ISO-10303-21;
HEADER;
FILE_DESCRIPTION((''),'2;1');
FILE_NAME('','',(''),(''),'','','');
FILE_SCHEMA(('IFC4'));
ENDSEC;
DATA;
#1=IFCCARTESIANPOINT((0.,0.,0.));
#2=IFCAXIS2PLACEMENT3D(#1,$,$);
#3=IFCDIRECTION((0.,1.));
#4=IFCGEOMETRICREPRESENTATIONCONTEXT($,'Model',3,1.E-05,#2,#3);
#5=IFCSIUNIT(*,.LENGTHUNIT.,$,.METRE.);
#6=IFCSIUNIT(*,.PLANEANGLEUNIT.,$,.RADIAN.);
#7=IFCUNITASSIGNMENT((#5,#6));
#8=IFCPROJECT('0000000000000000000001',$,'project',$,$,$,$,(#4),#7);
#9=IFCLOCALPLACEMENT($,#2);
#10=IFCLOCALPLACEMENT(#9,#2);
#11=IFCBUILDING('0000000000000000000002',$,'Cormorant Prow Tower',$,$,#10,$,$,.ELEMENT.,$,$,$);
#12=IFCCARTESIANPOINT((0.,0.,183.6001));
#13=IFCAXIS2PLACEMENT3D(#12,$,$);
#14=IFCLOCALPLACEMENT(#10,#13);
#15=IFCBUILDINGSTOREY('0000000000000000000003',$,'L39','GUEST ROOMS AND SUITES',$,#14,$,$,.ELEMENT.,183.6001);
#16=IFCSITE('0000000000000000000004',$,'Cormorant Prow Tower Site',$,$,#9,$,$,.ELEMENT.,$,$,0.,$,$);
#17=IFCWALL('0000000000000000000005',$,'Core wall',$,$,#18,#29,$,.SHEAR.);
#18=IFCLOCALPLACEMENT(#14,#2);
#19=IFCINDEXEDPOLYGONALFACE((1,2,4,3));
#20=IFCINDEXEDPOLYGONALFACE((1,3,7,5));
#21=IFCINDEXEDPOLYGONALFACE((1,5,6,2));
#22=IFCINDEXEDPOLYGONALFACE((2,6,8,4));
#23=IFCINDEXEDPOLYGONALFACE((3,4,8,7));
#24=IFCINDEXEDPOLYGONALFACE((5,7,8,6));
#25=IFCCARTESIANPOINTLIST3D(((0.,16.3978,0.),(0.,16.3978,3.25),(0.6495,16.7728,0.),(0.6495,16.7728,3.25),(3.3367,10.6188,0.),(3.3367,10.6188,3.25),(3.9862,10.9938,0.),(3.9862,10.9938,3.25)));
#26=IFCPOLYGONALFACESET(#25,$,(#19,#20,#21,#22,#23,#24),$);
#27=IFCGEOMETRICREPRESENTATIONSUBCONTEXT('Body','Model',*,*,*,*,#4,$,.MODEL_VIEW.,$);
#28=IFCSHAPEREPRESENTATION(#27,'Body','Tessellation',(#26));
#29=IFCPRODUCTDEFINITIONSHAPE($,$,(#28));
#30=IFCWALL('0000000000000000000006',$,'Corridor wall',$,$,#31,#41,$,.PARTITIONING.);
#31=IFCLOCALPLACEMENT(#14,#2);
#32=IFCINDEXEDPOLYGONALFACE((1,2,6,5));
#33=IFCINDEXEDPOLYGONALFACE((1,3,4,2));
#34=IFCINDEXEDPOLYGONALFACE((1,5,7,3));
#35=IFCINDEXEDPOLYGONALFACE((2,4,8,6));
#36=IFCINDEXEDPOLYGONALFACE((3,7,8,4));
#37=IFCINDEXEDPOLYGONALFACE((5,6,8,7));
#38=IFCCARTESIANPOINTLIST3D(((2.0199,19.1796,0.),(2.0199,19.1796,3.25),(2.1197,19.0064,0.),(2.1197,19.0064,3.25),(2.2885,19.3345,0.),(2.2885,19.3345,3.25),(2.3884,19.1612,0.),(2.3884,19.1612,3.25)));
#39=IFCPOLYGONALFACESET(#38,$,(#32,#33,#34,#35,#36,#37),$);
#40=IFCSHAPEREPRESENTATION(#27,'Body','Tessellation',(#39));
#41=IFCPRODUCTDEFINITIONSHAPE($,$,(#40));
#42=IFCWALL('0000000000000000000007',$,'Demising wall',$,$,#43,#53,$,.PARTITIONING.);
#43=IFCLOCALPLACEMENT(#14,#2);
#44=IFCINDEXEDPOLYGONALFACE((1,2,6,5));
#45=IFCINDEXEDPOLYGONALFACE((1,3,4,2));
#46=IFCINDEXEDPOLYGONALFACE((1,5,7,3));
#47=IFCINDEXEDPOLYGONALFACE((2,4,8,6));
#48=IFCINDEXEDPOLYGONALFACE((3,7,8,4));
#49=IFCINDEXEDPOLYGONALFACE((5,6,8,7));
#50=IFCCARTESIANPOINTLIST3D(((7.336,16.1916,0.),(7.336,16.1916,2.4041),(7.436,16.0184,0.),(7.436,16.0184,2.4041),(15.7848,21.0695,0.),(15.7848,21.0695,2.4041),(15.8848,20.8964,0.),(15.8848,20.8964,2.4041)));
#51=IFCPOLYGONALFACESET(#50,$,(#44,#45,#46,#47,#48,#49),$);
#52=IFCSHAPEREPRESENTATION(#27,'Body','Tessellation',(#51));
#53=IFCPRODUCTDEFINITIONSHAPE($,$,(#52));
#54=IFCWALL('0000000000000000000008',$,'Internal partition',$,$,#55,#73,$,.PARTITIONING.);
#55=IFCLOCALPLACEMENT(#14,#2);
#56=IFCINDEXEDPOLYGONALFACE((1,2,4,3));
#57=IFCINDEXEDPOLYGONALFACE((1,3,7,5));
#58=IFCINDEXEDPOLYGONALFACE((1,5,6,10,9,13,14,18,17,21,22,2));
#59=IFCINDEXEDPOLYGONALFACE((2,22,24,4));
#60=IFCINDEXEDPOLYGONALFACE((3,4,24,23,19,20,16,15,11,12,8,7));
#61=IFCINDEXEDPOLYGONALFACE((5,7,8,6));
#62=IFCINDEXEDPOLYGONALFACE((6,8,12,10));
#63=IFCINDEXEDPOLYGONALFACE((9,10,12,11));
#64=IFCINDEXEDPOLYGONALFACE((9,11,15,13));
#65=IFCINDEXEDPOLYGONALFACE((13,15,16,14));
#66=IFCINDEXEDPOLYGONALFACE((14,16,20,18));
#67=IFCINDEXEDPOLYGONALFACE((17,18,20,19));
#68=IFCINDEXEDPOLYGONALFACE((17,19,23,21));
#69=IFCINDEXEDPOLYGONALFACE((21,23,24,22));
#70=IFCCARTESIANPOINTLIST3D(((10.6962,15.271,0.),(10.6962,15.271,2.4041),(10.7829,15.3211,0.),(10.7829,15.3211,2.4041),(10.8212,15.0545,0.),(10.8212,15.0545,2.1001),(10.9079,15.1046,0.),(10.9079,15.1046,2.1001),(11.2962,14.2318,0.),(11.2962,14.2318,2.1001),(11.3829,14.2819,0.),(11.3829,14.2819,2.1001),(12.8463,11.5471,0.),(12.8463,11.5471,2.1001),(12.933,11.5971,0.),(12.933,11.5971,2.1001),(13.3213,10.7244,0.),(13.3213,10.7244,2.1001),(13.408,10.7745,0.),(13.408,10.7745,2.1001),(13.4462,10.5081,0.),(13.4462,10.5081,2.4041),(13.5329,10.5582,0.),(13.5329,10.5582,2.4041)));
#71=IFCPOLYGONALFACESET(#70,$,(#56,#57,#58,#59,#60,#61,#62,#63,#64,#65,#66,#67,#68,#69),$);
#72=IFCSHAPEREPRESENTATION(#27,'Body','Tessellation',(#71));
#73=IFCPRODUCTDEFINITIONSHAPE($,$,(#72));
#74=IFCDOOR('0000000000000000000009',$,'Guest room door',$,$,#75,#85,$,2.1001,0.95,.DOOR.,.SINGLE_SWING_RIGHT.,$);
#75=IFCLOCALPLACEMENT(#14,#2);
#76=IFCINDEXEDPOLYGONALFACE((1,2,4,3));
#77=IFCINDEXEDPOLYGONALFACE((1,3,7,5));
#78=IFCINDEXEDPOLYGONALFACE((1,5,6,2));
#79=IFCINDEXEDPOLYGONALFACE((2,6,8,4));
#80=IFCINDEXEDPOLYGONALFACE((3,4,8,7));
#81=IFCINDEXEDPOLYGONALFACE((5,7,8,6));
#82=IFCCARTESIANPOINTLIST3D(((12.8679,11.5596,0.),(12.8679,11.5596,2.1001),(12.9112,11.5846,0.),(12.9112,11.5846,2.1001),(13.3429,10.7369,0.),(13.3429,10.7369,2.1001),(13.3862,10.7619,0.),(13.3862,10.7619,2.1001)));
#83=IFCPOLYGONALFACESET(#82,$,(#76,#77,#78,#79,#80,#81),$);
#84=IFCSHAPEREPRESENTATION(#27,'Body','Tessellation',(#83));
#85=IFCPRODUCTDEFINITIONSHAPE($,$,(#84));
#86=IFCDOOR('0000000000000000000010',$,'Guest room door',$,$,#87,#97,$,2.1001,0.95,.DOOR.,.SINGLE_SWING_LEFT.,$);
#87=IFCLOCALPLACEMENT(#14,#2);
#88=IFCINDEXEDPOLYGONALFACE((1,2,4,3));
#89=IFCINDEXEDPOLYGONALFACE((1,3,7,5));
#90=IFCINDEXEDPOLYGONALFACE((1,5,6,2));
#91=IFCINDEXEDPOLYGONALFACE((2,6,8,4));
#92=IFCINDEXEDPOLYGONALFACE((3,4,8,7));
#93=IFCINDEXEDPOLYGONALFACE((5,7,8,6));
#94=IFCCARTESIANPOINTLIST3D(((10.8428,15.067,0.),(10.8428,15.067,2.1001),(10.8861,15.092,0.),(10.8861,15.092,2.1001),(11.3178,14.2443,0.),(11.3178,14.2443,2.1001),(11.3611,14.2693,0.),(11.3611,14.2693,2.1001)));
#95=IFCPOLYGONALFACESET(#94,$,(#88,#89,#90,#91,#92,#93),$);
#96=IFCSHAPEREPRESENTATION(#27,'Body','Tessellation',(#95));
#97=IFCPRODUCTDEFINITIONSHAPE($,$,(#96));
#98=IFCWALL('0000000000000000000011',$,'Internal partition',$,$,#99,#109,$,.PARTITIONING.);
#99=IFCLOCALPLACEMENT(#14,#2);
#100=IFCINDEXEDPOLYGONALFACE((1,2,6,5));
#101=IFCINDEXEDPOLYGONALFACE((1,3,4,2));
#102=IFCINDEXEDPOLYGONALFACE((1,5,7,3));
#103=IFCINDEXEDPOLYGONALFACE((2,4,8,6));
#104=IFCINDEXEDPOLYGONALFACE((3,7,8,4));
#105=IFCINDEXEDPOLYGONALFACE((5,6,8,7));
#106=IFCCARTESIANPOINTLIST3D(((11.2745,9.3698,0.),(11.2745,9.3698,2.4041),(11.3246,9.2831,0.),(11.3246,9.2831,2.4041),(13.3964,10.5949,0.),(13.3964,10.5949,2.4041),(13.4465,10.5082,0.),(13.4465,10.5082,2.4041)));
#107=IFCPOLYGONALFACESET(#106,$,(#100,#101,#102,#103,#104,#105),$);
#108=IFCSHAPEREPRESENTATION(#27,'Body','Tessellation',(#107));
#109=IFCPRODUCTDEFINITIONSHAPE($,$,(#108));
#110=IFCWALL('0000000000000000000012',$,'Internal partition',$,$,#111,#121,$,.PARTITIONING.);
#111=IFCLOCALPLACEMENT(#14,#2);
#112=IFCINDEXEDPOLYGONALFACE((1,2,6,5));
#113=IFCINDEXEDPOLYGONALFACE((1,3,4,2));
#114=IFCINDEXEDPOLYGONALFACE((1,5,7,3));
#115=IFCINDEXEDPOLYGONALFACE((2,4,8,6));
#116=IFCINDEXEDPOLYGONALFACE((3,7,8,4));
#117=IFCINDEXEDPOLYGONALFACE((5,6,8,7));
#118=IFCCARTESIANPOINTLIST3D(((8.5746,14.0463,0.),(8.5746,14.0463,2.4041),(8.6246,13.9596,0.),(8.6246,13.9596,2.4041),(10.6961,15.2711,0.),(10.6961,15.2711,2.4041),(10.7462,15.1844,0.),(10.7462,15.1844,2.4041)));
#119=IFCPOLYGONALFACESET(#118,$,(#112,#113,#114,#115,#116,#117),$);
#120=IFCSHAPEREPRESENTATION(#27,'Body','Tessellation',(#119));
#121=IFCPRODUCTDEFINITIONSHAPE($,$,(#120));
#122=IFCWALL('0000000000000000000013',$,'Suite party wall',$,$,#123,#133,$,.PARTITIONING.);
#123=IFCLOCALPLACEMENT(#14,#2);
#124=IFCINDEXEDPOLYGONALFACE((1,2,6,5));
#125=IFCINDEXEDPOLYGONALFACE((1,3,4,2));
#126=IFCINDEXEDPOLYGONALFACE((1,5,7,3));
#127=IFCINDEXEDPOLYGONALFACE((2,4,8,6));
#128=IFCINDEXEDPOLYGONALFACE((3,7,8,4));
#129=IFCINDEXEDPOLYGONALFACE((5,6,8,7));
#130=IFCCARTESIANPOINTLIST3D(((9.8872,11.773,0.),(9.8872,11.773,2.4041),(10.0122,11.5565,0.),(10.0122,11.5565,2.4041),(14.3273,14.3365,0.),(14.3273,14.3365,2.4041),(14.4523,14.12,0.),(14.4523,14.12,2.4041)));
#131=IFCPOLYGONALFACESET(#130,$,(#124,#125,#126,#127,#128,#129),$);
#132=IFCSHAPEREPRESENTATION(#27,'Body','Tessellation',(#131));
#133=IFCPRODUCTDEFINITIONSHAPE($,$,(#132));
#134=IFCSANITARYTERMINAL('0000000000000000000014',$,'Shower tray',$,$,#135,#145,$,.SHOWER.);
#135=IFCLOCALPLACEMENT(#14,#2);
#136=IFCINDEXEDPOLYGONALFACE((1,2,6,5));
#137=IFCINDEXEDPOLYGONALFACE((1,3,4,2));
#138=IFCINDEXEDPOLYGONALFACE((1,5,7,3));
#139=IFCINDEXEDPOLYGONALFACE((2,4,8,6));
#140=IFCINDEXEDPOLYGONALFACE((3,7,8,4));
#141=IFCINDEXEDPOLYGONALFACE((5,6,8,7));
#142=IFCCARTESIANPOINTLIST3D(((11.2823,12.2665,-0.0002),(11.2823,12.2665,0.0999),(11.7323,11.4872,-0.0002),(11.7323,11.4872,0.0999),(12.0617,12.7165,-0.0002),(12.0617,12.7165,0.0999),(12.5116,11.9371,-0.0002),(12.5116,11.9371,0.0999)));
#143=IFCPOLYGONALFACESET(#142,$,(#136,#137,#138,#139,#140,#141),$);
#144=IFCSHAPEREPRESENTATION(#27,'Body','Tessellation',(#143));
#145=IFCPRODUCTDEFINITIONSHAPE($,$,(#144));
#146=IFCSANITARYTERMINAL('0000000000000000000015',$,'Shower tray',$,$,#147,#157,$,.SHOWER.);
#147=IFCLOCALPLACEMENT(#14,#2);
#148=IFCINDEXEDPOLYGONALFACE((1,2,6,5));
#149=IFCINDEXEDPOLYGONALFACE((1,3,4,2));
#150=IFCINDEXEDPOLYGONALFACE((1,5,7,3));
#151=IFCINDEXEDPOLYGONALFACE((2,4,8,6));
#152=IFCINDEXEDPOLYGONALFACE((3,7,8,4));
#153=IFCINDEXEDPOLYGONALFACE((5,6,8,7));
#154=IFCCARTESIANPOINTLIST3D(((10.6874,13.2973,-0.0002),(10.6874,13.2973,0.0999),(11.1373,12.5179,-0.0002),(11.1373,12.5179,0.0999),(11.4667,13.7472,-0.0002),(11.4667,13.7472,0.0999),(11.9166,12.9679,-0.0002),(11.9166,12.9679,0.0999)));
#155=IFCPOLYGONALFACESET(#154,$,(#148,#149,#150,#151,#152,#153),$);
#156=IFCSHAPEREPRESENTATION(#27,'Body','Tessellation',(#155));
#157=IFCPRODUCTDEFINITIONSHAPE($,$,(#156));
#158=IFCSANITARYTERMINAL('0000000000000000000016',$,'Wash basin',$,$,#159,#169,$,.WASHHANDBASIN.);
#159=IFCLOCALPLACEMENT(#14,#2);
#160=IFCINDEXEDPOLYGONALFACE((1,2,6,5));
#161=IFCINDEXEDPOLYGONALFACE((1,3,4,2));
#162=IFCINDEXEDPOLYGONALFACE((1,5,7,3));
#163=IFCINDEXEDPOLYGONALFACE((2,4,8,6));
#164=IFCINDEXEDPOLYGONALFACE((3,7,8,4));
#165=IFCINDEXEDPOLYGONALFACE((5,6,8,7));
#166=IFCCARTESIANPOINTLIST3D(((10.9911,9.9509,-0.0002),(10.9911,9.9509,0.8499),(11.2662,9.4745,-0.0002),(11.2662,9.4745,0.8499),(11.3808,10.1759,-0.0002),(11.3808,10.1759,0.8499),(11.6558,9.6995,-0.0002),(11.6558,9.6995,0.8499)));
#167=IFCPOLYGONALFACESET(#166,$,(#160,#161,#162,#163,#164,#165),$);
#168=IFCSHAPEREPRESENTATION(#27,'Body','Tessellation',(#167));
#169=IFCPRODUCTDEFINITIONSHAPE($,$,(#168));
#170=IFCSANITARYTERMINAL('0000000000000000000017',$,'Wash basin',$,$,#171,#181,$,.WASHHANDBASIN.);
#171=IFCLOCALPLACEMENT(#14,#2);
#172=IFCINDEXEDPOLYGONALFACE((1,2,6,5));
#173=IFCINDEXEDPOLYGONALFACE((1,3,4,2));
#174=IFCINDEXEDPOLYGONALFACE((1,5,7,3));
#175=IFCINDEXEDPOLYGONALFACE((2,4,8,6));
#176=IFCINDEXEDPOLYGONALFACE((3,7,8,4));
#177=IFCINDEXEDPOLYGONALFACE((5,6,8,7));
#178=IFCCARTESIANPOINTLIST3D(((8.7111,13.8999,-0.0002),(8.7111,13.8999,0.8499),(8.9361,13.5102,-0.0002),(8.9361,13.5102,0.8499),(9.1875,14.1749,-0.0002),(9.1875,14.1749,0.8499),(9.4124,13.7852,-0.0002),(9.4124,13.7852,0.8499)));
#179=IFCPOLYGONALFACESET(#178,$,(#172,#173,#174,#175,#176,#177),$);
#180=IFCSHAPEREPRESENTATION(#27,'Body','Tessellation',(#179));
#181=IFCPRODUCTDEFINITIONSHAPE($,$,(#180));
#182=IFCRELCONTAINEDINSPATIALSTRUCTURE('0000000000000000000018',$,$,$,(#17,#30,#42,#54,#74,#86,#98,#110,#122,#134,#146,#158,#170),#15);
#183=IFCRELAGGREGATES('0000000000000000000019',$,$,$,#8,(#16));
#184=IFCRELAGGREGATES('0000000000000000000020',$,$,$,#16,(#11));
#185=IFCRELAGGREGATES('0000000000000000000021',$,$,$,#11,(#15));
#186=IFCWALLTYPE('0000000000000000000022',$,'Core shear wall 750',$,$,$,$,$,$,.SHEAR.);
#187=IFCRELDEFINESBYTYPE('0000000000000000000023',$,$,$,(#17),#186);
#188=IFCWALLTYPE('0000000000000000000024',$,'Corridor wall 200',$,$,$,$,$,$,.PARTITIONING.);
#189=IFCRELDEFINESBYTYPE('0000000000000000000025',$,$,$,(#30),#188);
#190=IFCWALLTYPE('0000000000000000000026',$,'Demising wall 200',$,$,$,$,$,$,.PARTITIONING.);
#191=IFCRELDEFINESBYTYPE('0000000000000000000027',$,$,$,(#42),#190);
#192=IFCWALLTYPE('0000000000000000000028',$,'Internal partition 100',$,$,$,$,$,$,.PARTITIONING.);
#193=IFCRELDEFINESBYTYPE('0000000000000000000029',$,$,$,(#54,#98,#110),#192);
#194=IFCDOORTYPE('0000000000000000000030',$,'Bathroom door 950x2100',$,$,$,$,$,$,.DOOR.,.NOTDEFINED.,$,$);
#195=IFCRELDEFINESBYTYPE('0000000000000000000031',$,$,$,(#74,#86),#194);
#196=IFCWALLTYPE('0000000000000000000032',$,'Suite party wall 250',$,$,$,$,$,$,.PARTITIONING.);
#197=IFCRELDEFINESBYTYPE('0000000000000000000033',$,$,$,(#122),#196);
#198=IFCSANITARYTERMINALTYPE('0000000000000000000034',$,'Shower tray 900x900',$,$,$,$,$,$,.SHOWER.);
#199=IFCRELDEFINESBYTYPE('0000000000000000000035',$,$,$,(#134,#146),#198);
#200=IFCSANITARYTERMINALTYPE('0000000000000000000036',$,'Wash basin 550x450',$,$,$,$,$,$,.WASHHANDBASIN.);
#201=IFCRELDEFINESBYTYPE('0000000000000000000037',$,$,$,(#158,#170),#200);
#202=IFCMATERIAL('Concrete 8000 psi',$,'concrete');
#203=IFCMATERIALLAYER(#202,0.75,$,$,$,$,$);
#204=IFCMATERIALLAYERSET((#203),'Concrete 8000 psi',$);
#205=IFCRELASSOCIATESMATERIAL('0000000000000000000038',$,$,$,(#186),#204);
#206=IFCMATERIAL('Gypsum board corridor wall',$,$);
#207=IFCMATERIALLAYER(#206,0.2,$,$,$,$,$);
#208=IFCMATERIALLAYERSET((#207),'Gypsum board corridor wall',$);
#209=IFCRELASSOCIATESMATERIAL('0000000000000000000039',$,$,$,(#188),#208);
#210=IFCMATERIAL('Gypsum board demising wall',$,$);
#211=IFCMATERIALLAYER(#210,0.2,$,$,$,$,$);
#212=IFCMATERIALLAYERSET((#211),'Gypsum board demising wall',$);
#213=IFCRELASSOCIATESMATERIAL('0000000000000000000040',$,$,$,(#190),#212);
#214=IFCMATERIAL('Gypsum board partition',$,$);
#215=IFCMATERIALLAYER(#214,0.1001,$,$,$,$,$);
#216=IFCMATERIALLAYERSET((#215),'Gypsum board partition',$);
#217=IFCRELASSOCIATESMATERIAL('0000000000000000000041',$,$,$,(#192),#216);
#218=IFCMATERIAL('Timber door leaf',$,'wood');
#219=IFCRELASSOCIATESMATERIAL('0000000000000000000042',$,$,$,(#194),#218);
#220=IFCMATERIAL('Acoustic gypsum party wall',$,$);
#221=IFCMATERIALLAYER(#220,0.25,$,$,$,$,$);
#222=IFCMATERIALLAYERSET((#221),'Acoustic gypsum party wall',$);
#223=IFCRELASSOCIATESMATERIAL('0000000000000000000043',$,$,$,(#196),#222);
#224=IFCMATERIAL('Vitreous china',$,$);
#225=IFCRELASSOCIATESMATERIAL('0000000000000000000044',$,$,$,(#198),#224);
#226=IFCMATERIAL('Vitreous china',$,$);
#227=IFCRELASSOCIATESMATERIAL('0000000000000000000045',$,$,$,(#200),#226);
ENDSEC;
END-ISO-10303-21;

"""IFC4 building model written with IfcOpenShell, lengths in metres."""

from ifc_helpers import new_model, si_unit, direction, frame, frame_2d, origin, origin_2d, place, context, subcontext, project, spatial, rectangle, extrude, material, layer, layer_set, type_object, element, fill, save


model = new_model("IFC4")

# Units and contexts
model_context = context("Model", 3, precision=1e-05, world=origin(), true_north=direction((0.0, 1.0)))
body_context = subcontext(model_context, "Body", "Model", "MODEL_VIEW")
ifc_project = project(units=[si_unit("LENGTHUNIT", "METRE"), si_unit("PLANEANGLEUNIT", "RADIAN")], contexts=[model_context])

# Site, building, storey
site_placement = place(None, origin())
site = spatial("IfcSite", under=ifc_project, at=site_placement, Name="Cormorant Prow Tower Site", CompositionType="ELEMENT", RefElevation=0.0)
building_placement = place(site_placement, origin())
building = spatial("IfcBuilding", under=site, at=building_placement, Name="Cormorant Prow Tower", CompositionType="ELEMENT")
storey_placement = place(building_placement, frame((0.0, 0.0, 183.6001)))
storey = spatial("IfcBuildingStorey", under=building, at=storey_placement, Name="L39", Description="GUEST ROOMS AND SUITES", CompositionType="ELEMENT", Elevation=183.6001)

# Walls
ifc_material_1 = material(Name="Concrete 8000 psi", Category="concrete")
ifc_layer_1 = layer(ifc_material_1, 0.75)
ifc_layer_set_1 = layer_set([ifc_layer_1], Name="Concrete 8000 psi")
wall_type_1 = type_object("IfcWallType", Name="Core shear wall 750", PredefinedType="SHEAR", material=ifc_layer_set_1)
wall_1_placement = place(storey_placement, frame((3.6614, 10.8064, 0.0), z_axis=(0.0, 0.0, 1.0), x_axis=(-0.500015, 0.866017, 0.0)))
element("IfcWall", 1, at=wall_1_placement, inside=storey, type_object=wall_type_1, Name="Core wall", PredefinedType="SHEAR", context=body_context, shape_type="SweptSolid", body=[
    extrude(rectangle(XDim=6.6731, YDim=0.75, at=frame_2d((3.3364, 0.0))), origin(), (0.0, 0.0, 1.0), 3.25),
])
ifc_material_2 = material(Name="Gypsum board corridor wall")
ifc_layer_2 = layer(ifc_material_2, 0.2)
ifc_layer_set_2 = layer_set([ifc_layer_2], Name="Gypsum board corridor wall")
wall_type_2 = type_object("IfcWallType", Name="Corridor wall 200", PredefinedType="PARTITIONING", material=ifc_layer_set_2)
wall_2_placement = place(storey_placement, frame((2.0698, 19.093, 0.0), z_axis=(0.0, 0.0, 1.0), x_axis=(0.866395, 0.499359, 0.0)))
element("IfcWall", 2, at=wall_2_placement, inside=storey, type_object=wall_type_2, Name="Corridor wall", PredefinedType="PARTITIONING", context=body_context, shape_type="SweptSolid", body=[
    extrude(rectangle(XDim=0.3101, YDim=0.2, at=frame_2d((0.155, 0.0))), origin(), (0.0, 0.0, 1.0), 3.25),
])
ifc_material_3 = material(Name="Gypsum board demising wall")
ifc_layer_3 = layer(ifc_material_3, 0.2)
ifc_layer_set_3 = layer_set([ifc_layer_3], Name="Gypsum board demising wall")
wall_type_3 = type_object("IfcWallType", Name="Demising wall 200", PredefinedType="PARTITIONING", material=ifc_layer_set_3)
wall_3_placement = place(storey_placement, frame((7.386, 16.105, 0.0), z_axis=(0.0, 0.0, 1.0), x_axis=(0.866023, 0.500004, 0.0)))
element("IfcWall", 3, at=wall_3_placement, inside=storey, type_object=wall_type_3, Name="Demising wall", PredefinedType="PARTITIONING", context=body_context, shape_type="SweptSolid", body=[
    extrude(rectangle(XDim=9.7559, YDim=0.2, at=frame_2d((4.8779, 0.0))), origin(), (0.0, 0.0, 1.0), 2.4041),
])

# Wall, openings, doors
ifc_material_4 = material(Name="Gypsum board partition")
ifc_layer_4 = layer(ifc_material_4, 0.1001)
ifc_layer_set_4 = layer_set([ifc_layer_4], Name="Gypsum board partition")
wall_type_4 = type_object("IfcWallType", Name="Internal partition 100", PredefinedType="PARTITIONING", material=ifc_layer_set_4)
wall_4_placement = place(storey_placement, frame((10.7395, 15.2961, 0.0), z_axis=(0.0, 0.0, 1.0), x_axis=(0.500016, -0.866016, 0.0)))
wall_4 = element("IfcWall", 4, at=wall_4_placement, inside=storey, type_object=wall_type_4, Name="Internal partition", PredefinedType="PARTITIONING", context=body_context, shape_type="SweptSolid", body=[
    extrude(rectangle(XDim=5.4998, YDim=0.1001, at=frame_2d((2.75, 0.0))), origin(), (0.0, 0.0, 1.0), 2.4041),
])
opening_1_placement = place(wall_4_placement, frame((4.3, 0.0, 0.0)))
opening_1 = element("IfcOpeningElement", 5, at=opening_1_placement, cuts=wall_4, PredefinedType="OPENING", context=body_context, shape_type="SweptSolid", body=[
    extrude(rectangle(XDim=0.95, YDim=2.1001, at=frame_2d((0.4751, 1.05))), frame((0.0, 0.0601, 0.0), z_axis=(0.0, -1.0, 0.0), x_axis=(1.0, 0.0, 0.0)), (0.0, 0.0, 1.0), 0.1201),
])
opening_2_placement = place(wall_4_placement, frame((0.25, 0.0, 0.0)))
opening_2 = element("IfcOpeningElement", 6, at=opening_2_placement, cuts=wall_4, PredefinedType="OPENING", context=body_context, shape_type="SweptSolid", body=[
    extrude(rectangle(XDim=0.95, YDim=2.1001, at=frame_2d((0.4751, 1.05))), frame((0.0, 0.0601, 0.0), z_axis=(0.0, -1.0, 0.0), x_axis=(1.0, 0.0, 0.0)), (0.0, 0.0, 1.0), 0.1201),
])
ifc_material_5 = material(Name="Timber door leaf", Category="wood")
door_type_1 = type_object("IfcDoorType", Name="Bathroom door 950x2100", OperationType="NOTDEFINED", PredefinedType="DOOR", material=ifc_material_5)
door_1_placement = place(opening_1_placement, origin())
door_1 = element("IfcDoor", 7, at=door_1_placement, inside=storey, type_object=door_type_1, Name="Guest room door", OperationType="SINGLE_SWING_RIGHT", OverallHeight=2.1001, OverallWidth=0.95, PredefinedType="DOOR", context=body_context, shape_type="SweptSolid", body=[
    extrude(rectangle(XDim=0.95, YDim=2.1001, at=frame_2d((0.4751, 1.05))), frame((0.0, 0.0249, 0.0), z_axis=(0.0, -1.0, 0.0), x_axis=(1.0, 0.0, 0.0)), (0.0, 0.0, 1.0), 0.05),
])
fill(opening_1, door_1)
door_2_placement = place(opening_2_placement, origin())
door_2 = element("IfcDoor", 8, at=door_2_placement, inside=storey, type_object=door_type_1, Name="Guest room door", OperationType="SINGLE_SWING_LEFT", OverallHeight=2.1001, OverallWidth=0.95, PredefinedType="DOOR", context=body_context, shape_type="SweptSolid", body=[
    extrude(rectangle(XDim=0.95, YDim=2.1001, at=frame_2d((0.4751, 1.05))), frame((0.0, 0.0249, 0.0), z_axis=(0.0, -1.0, 0.0), x_axis=(1.0, 0.0, 0.0)), (0.0, 0.0, 1.0), 0.05),
])
fill(opening_2, door_2)

# Walls
wall_5_placement = place(storey_placement, frame((11.2996, 9.3264, 0.0), z_axis=(0.0, 0.0, 1.0), x_axis=(0.866015, 0.500019, 0.0)))
element("IfcWall", 9, at=wall_5_placement, inside=storey, type_object=wall_type_4, Name="Internal partition", PredefinedType="PARTITIONING", context=body_context, shape_type="SweptSolid", body=[
    extrude(rectangle(XDim=2.4502, YDim=0.1001, at=frame_2d((1.2251, 0.0))), origin(), (0.0, 0.0, 1.0), 2.4041),
])
wall_6_placement = place(storey_placement, frame((8.5996, 14.0029, 0.0), z_axis=(0.0, 0.0, 1.0), x_axis=(0.866033, 0.499987, 0.0)))
element("IfcWall", 10, at=wall_6_placement, inside=storey, type_object=wall_type_4, Name="Internal partition", PredefinedType="PARTITIONING", context=body_context, shape_type="SweptSolid", body=[
    extrude(rectangle(XDim=2.4497, YDim=0.1001, at=frame_2d((1.2249, 0.0))), origin(), (0.0, 0.0, 1.0), 2.4041),
])
ifc_material_6 = material(Name="Acoustic gypsum party wall")
ifc_layer_5 = layer(ifc_material_6, 0.25)
ifc_layer_set_5 = layer_set([ifc_layer_5], Name="Acoustic gypsum party wall")
wall_type_5 = type_object("IfcWallType", Name="Suite party wall 250", PredefinedType="PARTITIONING", material=ifc_layer_set_5)
wall_7_placement = place(storey_placement, frame((9.9497, 11.6648, 0.0), z_axis=(0.0, 0.0, 1.0), x_axis=(0.866031, 0.49999, 0.0)))
element("IfcWall", 11, at=wall_7_placement, inside=storey, type_object=wall_type_5, Name="Suite party wall", PredefinedType="PARTITIONING", context=body_context, shape_type="SweptSolid", body=[
    extrude(rectangle(XDim=5.127, YDim=0.25, at=frame_2d((2.5635, 0.0))), origin(), (0.0, 0.0, 1.0), 2.4041),
])

# Sanitary terminals
ifc_material_7 = material(Name="Vitreous china")
sanitary_terminal_type_1 = type_object("IfcSanitaryTerminalType", Name="Shower tray 900x900", PredefinedType="SHOWER", material=ifc_material_7)
for number, where, z_axis, x_axis, name in (
    (12, (11.897, 12.1018, -0.0002), (0.0, 0.0, 1.0), (0.5, -0.866025, 0.0), "Shower tray"),
    (13, (11.302, 13.1326, -0.0002), (0.0, 0.0, 1.0), (-0.866025, -0.5, 0.0), "Shower tray"),
):
    element("IfcSanitaryTerminal", number, at=place(storey_placement, frame(where, z_axis=z_axis, x_axis=x_axis)), inside=storey, type_object=sanitary_terminal_type_1, Name=name, PredefinedType="SHOWER", context=body_context, shape_type="SweptSolid", body=[
        extrude(rectangle(XDim=0.8999, YDim=0.8999, at=origin_2d()), origin(), (0.0, 0.0, 1.0), 0.1001),
    ])
ifc_material_8 = material(Name="Vitreous china")
sanitary_terminal_type_2 = type_object("IfcSanitaryTerminalType", Name="Wash basin 550x450", PredefinedType="WASHHANDBASIN", material=ifc_material_8)
for number, where, z_axis, x_axis, name in (
    (14, (11.3235, 9.8252, -0.0002), (0.0, 0.0, 1.0), (-0.5, 0.866025, 0.0), "Wash basin"),
    (15, (9.0618, 13.8425, -0.0002), (0.0, 0.0, 1.0), (0.866025, 0.5, 0.0), "Wash basin"),
):
    element("IfcSanitaryTerminal", number, at=place(storey_placement, frame(where, z_axis=z_axis, x_axis=x_axis)), inside=storey, type_object=sanitary_terminal_type_2, Name=name, PredefinedType="WASHHANDBASIN", context=body_context, shape_type="SweptSolid", body=[
        extrude(rectangle(XDim=0.55, YDim=0.45, at=origin_2d()), origin(), (0.0, 0.0, 1.0), 0.8501),
    ])

save(model, "model.ifc")
